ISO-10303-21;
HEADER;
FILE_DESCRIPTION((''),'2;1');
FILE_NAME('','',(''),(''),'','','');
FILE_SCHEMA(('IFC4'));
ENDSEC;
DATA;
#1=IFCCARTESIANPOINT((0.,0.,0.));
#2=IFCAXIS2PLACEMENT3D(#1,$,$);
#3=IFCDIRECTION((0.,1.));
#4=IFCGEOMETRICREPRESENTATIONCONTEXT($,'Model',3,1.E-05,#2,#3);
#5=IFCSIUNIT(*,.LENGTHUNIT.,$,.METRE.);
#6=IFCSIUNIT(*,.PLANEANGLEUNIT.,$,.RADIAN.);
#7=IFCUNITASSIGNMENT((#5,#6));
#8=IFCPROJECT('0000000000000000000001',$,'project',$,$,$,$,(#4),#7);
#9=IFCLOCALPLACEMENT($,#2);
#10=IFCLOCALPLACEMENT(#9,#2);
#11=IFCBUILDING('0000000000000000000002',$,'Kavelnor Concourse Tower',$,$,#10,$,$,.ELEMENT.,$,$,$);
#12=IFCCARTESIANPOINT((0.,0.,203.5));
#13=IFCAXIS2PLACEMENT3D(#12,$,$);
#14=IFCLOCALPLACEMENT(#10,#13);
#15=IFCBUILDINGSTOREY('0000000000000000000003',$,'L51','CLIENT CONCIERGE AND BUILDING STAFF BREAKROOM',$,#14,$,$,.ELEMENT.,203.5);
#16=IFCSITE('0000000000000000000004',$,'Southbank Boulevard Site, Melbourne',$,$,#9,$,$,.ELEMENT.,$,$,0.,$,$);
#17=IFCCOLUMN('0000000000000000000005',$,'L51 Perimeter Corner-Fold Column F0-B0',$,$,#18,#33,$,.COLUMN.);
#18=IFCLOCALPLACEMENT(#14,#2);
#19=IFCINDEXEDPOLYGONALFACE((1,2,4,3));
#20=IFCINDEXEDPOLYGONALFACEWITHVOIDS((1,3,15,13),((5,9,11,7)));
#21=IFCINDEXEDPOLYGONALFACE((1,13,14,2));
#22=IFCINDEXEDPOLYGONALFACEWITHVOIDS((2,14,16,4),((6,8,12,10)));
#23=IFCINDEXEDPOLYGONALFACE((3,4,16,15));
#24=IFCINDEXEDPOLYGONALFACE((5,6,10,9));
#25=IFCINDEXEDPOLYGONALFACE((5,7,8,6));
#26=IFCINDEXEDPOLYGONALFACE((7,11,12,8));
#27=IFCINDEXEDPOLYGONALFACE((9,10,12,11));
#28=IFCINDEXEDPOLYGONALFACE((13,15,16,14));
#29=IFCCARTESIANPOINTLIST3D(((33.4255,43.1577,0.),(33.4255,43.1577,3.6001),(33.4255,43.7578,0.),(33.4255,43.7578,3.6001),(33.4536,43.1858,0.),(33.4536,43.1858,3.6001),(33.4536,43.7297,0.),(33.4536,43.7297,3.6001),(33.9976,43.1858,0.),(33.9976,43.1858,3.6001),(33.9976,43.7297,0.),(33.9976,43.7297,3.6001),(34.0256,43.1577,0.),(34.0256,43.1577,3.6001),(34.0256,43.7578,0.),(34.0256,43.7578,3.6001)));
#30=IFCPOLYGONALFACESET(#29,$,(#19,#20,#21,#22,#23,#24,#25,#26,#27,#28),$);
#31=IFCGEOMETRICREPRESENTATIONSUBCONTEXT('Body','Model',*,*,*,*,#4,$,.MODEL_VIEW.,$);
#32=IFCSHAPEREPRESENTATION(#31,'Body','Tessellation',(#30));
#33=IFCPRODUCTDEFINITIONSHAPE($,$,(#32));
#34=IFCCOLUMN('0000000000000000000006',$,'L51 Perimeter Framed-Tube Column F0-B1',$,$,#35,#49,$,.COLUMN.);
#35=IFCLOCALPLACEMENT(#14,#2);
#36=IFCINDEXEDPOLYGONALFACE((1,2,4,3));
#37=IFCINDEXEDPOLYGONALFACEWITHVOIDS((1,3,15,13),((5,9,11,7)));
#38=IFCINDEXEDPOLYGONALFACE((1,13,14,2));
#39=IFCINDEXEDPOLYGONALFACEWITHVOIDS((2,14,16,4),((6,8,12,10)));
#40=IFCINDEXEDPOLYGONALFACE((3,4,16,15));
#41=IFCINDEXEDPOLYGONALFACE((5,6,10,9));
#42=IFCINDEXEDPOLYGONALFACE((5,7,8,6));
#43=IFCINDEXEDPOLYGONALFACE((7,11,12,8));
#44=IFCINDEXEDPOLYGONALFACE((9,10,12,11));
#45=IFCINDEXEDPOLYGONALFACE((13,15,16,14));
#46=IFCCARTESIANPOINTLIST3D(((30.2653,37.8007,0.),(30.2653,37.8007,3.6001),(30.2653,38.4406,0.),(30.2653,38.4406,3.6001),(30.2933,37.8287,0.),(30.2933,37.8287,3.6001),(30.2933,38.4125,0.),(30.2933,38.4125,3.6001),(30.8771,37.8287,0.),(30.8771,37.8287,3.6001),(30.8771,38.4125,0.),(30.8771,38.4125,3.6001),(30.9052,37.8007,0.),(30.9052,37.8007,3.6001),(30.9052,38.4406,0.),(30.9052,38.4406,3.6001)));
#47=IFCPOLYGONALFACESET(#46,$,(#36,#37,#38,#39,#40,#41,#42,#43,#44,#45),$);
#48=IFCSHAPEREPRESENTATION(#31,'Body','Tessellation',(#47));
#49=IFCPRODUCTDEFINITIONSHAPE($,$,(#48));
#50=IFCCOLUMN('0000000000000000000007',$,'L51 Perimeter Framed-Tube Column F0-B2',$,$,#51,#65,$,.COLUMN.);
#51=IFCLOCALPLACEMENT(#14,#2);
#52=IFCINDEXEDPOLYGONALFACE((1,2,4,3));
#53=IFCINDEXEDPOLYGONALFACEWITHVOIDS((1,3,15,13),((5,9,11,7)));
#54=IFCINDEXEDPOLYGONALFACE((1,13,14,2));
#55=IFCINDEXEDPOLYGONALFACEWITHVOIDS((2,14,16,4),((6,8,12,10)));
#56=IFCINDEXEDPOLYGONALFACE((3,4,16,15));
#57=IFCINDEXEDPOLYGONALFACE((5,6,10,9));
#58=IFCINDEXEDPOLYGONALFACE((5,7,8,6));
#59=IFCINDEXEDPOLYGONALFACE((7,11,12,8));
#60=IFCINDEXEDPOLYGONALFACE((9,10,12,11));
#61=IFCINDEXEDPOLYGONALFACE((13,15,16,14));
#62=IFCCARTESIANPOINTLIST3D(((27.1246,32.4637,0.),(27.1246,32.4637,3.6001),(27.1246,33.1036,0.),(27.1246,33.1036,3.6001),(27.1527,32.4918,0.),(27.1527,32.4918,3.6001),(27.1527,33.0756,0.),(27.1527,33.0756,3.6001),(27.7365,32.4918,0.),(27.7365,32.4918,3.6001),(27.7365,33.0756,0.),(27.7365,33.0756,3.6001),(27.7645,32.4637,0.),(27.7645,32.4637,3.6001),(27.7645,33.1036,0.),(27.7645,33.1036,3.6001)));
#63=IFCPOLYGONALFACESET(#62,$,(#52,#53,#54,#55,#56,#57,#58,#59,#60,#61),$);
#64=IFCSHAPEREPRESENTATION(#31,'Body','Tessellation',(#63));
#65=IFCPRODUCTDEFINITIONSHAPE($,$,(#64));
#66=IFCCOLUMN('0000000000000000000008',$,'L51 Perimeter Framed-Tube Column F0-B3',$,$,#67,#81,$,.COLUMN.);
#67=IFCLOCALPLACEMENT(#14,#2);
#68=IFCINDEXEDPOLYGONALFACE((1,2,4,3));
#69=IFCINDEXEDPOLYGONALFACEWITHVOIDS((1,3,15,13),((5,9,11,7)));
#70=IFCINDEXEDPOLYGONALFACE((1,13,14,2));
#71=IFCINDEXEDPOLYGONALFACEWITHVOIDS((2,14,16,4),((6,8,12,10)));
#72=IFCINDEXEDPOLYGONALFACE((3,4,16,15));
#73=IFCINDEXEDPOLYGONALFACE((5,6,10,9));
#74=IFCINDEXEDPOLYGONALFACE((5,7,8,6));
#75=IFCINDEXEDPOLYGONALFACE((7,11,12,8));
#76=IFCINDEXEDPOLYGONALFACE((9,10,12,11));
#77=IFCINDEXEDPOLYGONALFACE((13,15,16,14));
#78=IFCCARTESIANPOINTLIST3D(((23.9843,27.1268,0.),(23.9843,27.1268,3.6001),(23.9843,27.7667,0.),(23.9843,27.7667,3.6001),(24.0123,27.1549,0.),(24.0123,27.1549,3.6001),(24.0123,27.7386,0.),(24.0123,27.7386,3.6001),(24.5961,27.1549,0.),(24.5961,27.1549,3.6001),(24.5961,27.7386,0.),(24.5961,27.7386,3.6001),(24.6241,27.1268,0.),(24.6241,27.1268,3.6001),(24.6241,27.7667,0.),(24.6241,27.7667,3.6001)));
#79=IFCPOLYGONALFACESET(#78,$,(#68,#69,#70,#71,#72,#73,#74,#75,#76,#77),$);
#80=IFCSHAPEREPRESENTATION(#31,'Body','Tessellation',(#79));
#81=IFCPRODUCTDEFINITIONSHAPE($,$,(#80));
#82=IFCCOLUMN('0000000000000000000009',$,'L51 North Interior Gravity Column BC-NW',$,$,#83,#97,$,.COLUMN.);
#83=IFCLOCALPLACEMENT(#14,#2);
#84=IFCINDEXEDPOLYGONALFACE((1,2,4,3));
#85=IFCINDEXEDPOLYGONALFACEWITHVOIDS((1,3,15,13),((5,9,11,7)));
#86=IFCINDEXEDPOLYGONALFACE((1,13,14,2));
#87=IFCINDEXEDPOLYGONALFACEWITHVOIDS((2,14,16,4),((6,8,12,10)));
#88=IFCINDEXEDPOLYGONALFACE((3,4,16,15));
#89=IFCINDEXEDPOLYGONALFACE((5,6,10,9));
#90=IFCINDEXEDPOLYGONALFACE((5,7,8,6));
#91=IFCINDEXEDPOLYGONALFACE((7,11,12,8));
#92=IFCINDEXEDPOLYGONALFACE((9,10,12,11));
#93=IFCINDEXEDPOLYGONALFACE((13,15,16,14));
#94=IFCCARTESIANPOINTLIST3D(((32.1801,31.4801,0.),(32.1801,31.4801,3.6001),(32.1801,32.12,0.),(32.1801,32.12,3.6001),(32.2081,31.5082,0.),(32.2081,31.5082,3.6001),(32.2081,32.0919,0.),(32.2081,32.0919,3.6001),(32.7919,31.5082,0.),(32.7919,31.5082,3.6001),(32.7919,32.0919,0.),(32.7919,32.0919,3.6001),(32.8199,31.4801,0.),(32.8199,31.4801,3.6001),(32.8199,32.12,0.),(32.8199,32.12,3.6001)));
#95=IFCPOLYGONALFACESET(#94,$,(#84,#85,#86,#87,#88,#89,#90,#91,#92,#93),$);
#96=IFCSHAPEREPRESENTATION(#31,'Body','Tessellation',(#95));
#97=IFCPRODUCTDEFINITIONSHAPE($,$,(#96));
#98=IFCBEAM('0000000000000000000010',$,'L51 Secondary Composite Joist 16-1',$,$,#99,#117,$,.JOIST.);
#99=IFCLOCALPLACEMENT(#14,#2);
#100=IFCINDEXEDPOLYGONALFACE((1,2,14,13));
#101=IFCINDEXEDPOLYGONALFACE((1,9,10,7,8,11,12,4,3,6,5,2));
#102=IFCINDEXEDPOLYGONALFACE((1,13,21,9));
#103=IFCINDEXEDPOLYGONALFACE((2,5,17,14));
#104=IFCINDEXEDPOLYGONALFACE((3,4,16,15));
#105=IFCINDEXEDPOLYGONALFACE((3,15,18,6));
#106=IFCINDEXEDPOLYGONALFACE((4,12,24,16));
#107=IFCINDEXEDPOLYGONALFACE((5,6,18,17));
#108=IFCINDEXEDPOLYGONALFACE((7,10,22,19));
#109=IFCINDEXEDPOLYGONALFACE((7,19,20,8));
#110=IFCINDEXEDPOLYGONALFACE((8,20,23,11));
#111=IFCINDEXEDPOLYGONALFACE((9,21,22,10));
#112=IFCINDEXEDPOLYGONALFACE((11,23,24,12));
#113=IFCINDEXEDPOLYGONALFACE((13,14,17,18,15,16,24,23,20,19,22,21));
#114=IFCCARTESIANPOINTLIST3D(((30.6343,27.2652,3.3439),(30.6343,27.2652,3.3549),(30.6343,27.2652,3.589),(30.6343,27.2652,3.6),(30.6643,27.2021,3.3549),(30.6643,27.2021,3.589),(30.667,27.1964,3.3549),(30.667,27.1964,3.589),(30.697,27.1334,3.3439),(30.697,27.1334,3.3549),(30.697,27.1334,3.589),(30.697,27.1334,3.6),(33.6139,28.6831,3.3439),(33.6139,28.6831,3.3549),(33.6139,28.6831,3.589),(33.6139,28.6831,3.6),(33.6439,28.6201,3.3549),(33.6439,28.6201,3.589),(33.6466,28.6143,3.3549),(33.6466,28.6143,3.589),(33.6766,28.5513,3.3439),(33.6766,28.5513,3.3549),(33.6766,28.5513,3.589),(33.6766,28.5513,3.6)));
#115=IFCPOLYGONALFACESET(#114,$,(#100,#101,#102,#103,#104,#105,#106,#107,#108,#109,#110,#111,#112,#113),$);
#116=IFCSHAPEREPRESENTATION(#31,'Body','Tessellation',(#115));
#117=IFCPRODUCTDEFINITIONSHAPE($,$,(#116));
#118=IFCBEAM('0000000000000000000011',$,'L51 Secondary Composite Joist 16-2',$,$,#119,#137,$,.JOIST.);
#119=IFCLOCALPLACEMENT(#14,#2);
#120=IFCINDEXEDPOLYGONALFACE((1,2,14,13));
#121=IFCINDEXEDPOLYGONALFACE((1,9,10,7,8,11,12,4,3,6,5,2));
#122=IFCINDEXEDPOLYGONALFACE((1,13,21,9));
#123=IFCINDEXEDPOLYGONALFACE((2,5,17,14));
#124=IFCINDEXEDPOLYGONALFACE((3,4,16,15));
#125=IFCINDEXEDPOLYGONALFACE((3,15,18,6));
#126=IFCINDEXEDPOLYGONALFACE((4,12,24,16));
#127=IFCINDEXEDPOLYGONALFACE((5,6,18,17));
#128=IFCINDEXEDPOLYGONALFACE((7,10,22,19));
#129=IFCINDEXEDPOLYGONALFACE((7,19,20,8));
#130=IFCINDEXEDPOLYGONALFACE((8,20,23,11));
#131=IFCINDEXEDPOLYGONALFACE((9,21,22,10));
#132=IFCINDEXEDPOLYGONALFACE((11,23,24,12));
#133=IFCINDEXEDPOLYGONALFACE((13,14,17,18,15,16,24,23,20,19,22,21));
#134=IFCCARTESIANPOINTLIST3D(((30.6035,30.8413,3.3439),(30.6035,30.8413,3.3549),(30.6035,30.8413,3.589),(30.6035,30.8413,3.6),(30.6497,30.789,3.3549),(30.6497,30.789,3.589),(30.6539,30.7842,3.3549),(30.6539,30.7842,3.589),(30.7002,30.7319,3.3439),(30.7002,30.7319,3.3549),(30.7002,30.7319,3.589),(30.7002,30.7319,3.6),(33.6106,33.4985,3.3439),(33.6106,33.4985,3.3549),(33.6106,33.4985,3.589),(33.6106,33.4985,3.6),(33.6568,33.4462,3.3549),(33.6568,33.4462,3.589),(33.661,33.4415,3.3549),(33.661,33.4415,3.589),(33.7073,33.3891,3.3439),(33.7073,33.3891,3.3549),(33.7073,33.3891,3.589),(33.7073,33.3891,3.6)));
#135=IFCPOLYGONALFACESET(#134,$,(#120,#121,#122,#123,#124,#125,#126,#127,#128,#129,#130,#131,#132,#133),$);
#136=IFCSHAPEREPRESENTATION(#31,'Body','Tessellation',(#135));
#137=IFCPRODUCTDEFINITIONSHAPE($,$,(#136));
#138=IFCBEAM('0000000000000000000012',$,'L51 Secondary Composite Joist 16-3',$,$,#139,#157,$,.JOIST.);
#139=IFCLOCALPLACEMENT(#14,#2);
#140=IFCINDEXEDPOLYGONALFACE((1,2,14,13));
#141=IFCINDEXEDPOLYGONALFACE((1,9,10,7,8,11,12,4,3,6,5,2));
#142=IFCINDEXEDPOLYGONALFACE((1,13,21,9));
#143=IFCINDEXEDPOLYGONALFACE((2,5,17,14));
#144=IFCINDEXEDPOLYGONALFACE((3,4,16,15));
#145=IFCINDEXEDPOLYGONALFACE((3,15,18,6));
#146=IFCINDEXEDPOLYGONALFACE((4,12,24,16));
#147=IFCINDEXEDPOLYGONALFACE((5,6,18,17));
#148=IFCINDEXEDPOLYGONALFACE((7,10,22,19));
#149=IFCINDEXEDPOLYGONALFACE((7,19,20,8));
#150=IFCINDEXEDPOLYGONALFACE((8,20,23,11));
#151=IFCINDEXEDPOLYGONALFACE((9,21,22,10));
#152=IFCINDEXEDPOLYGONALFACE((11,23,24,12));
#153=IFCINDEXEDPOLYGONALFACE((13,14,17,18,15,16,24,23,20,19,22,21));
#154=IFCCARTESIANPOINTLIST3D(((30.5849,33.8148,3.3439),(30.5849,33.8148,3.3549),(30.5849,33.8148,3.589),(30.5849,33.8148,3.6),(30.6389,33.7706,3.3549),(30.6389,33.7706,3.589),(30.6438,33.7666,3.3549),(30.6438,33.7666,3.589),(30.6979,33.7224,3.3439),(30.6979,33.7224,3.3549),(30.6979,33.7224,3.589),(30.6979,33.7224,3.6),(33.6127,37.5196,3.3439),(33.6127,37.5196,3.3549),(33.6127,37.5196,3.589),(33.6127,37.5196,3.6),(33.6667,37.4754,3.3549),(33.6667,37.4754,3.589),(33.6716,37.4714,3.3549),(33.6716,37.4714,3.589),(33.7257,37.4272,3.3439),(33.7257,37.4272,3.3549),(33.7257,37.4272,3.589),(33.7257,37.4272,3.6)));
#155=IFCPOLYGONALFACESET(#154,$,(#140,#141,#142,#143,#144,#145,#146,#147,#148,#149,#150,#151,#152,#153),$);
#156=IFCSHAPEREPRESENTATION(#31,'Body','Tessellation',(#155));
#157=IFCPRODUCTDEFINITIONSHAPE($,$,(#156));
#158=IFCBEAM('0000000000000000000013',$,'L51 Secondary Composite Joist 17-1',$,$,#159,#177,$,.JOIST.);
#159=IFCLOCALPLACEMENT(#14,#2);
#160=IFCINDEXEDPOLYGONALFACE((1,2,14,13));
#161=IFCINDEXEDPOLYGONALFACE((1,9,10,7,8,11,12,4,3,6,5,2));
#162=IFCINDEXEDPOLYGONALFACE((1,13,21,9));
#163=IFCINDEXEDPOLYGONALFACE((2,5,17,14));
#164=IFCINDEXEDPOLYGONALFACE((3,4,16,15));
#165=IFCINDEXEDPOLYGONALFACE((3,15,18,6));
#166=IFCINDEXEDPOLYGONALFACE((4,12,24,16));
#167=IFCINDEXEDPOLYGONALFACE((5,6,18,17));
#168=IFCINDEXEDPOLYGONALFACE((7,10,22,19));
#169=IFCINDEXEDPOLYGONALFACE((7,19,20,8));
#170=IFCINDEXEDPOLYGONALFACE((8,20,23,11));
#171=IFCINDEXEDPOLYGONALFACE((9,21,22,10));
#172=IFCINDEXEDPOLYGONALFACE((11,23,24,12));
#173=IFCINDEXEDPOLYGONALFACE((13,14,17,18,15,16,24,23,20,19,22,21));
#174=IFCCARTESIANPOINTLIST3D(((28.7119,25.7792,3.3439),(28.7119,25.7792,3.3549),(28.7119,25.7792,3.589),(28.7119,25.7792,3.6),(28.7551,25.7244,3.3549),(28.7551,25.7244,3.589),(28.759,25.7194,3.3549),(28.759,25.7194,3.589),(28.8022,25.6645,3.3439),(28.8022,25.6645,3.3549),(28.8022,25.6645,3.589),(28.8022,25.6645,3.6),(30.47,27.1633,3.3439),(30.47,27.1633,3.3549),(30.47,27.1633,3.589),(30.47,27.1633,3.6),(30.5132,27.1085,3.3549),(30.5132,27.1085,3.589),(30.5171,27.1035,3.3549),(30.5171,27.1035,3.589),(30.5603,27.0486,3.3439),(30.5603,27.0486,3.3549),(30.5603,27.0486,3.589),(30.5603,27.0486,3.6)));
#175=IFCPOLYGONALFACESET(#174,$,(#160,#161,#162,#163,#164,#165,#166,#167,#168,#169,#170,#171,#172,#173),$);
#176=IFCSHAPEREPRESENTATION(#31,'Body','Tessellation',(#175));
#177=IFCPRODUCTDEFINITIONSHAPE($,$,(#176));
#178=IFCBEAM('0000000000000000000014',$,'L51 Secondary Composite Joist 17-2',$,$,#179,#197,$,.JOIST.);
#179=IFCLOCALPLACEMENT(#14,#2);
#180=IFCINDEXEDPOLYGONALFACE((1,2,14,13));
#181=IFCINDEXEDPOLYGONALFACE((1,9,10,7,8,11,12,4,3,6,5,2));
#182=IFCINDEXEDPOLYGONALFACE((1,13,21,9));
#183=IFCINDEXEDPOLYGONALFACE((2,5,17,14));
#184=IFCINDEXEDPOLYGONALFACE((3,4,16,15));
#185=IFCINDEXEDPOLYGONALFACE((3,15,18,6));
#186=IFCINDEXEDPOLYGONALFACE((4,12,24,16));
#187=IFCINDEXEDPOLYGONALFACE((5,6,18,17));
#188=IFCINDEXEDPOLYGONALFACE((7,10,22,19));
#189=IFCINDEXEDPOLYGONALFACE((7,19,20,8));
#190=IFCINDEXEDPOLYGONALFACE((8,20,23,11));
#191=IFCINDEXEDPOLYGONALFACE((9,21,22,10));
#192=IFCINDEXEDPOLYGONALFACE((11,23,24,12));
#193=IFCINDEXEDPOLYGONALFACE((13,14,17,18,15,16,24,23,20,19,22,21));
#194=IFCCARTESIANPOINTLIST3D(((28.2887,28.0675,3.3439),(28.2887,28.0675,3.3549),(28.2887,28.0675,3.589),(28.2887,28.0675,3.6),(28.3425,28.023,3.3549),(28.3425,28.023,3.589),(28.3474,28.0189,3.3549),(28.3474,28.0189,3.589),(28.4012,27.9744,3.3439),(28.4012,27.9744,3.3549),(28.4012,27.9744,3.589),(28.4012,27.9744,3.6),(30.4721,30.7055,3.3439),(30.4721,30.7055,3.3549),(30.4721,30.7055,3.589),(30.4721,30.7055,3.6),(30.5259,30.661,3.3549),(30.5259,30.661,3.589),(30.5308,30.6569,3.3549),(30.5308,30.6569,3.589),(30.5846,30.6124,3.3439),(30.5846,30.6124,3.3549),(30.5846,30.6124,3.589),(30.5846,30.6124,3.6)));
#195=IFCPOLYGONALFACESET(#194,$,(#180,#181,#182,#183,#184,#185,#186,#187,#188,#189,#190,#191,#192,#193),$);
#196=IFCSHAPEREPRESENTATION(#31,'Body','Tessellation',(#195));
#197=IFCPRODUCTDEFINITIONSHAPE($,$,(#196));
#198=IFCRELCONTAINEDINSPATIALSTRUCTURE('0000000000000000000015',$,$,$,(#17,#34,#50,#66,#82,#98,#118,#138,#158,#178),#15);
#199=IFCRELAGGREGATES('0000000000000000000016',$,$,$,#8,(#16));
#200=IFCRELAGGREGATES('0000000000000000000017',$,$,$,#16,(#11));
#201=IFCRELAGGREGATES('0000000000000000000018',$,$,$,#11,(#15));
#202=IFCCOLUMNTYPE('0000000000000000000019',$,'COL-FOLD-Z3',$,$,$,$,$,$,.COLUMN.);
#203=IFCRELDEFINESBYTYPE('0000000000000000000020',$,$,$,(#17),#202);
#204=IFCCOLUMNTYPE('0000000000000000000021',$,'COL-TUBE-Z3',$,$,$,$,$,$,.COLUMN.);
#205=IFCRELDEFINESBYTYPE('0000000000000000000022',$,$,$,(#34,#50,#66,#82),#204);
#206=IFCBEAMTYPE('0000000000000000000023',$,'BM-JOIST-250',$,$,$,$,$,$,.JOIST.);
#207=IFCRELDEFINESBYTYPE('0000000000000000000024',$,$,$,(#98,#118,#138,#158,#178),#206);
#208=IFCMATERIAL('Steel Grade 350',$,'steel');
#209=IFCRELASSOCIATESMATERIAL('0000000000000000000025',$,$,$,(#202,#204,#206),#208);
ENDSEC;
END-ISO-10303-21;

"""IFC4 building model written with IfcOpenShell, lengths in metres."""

from ifc_helpers import new_model, si_unit, direction, frame, origin, origin_2d, place, context, subcontext, project, spatial, hollow_rectangle, i_section, extrude, material, material_profile, profile_set, type_object, element, save


model = new_model("IFC4")

# Units and contexts
model_context = context("Model", 3, precision=1e-05, world=origin(), true_north=direction((0.0, 1.0)))
body_context = subcontext(model_context, "Body", "Model", "MODEL_VIEW")
ifc_project = project(units=[si_unit("LENGTHUNIT", "METRE"), si_unit("PLANEANGLEUNIT", "RADIAN")], contexts=[model_context])

# Site, building, storey
site_placement = place(None, origin())
site = spatial("IfcSite", under=ifc_project, at=site_placement, Name="Southbank Boulevard Site, Melbourne", CompositionType="ELEMENT", RefElevation=0.0)
building_placement = place(site_placement, origin())
building = spatial("IfcBuilding", under=site, at=building_placement, Name="Kavelnor Concourse Tower", CompositionType="ELEMENT")
storey_placement = place(building_placement, frame((0.0, 0.0, 203.5)))
storey = spatial("IfcBuildingStorey", under=building, at=storey_placement, Name="L51", Description="CLIENT CONCIERGE AND BUILDING STAFF BREAKROOM", CompositionType="ELEMENT", Elevation=203.5)

# Columns
ifc_material_1 = material(Name="Steel Grade 350", Category="steel")
ifc_material_profile_1 = material_profile(ifc_material_1, hollow_rectangle(XDim=0.6001, YDim=0.6001, WallThickness=0.0281, at=origin_2d()), Name="SHS 600x600x28")
ifc_profile_set_1 = profile_set([ifc_material_profile_1], Name="Steel Grade 350")
column_type_1 = type_object("IfcColumnType", Name="COL-FOLD-Z3", PredefinedType="COLUMN", material=ifc_profile_set_1)
column_placement = place(storey_placement, frame((33.7256, 43.4578, 0.0), z_axis=(0.0, 0.0, 1.0), x_axis=(1.0, 0.0, 0.0)))
element("IfcColumn", 1, at=column_placement, inside=storey, type_object=column_type_1, Name="L51 Perimeter Corner-Fold Column F0-B0", PredefinedType="COLUMN", context=body_context, shape_type="SweptSolid", body=[
    extrude(hollow_rectangle(XDim=0.6001, YDim=0.6001, WallThickness=0.0281, at=origin_2d()), origin(), (0.0, 0.0, 1.0), 3.6001),
])
ifc_material_profile_2 = material_profile(ifc_material_1, hollow_rectangle(XDim=0.6399, YDim=0.6399, WallThickness=0.0281, at=origin_2d()), Name="SHS 640x640x28")
ifc_profile_set_2 = profile_set([ifc_material_profile_2], Name="Steel Grade 350")
column_type_2 = type_object("IfcColumnType", Name="COL-TUBE-Z3", PredefinedType="COLUMN", material=ifc_profile_set_2)
for number, where, z_axis, x_axis, name in (
    (2, (30.5852, 38.1206, 0.0), (0.0, 0.0, 1.0), (1.0, 0.0, 0.0), "L51 Perimeter Framed-Tube Column F0-B1"),
    (3, (27.4446, 32.7837, 0.0), (0.0, 0.0, 1.0), (1.0, 0.0, 0.0), "L51 Perimeter Framed-Tube Column F0-B2"),
    (4, (24.3042, 27.4468, 0.0), (0.0, 0.0, 1.0), (1.0, 0.0, 0.0), "L51 Perimeter Framed-Tube Column F0-B3"),
    (5, (32.5, 31.8, 0.0), (0.0, 0.0, 1.0), (1.0, 0.0, 0.0), "L51 North Interior Gravity Column BC-NW"),
):
    element("IfcColumn", number, at=place(storey_placement, frame(where, z_axis=z_axis, x_axis=x_axis)), inside=storey, type_object=column_type_2, Name=name, PredefinedType="COLUMN", context=body_context, shape_type="SweptSolid", body=[
        extrude(hollow_rectangle(XDim=0.6399, YDim=0.6399, WallThickness=0.0281, at=origin_2d()), origin(), (0.0, 0.0, 1.0), 3.6001),
    ])

# Beams
ifc_material_profile_3 = material_profile(ifc_material_1, i_section(OverallWidth=0.146, OverallDepth=0.2561, WebThickness=0.0063, FlangeThickness=0.011, at=origin_2d()), Name="250UB37")
ifc_profile_set_3 = profile_set([ifc_material_profile_3], Name="Steel Grade 350")
beam_type_1 = type_object("IfcBeamType", Name="BM-JOIST-250", PredefinedType="JOIST", material=ifc_profile_set_3)
beam_1_placement = place(storey_placement, frame((33.6453, 28.6172, 3.4719), z_axis=(-0.902973, -0.429698, 0.0), x_axis=(0.429698, -0.902973, 0.0)))
element("IfcBeam", 6, at=beam_1_placement, inside=storey, type_object=beam_type_1, Name="L51 Secondary Composite Joist 16-1", PredefinedType="JOIST", context=body_context, shape_type="SweptSolid", body=[
    extrude(i_section(OverallWidth=0.146, OverallDepth=0.2561, WebThickness=0.0063, FlangeThickness=0.011, at=origin_2d()), origin(), (0.0, 0.0, 1.0), 3.2998),
])
beam_2_placement = place(storey_placement, frame((33.6589, 33.4438, 3.4719), z_axis=(-0.749353, -0.662171, 0.0), x_axis=(0.662171, -0.749353, 0.0)))
element("IfcBeam", 7, at=beam_2_placement, inside=storey, type_object=beam_type_1, Name="L51 Secondary Composite Joist 16-2", PredefinedType="JOIST", context=body_context, shape_type="SweptSolid", body=[
    extrude(i_section(OverallWidth=0.146, OverallDepth=0.2561, WebThickness=0.0063, FlangeThickness=0.011, at=origin_2d()), origin(), (0.0, 0.0, 1.0), 4.0129),
])
beam_3_placement = place(storey_placement, frame((33.6692, 37.4734, 3.4719), z_axis=(-0.632813, -0.774305, 0.0), x_axis=(0.774305, -0.632813, 0.0)))
element("IfcBeam", 8, at=beam_3_placement, inside=storey, type_object=beam_type_1, Name="L51 Secondary Composite Joist 16-3", PredefinedType="JOIST", context=body_context, shape_type="SweptSolid", body=[
    extrude(i_section(OverallWidth=0.146, OverallDepth=0.2561, WebThickness=0.0063, FlangeThickness=0.011, at=origin_2d()), origin(), (0.0, 0.0, 1.0), 4.7847),
])
beam_4_placement = place(storey_placement, frame((30.5151, 27.106, 3.4719), z_axis=(-0.785731, -0.618568, 0.0), x_axis=(0.618568, -0.785731, 0.0)))
element("IfcBeam", 9, at=beam_4_placement, inside=storey, type_object=beam_type_1, Name="L51 Secondary Composite Joist 17-1", PredefinedType="JOIST", context=body_context, shape_type="SweptSolid", body=[
    extrude(i_section(OverallWidth=0.146, OverallDepth=0.2561, WebThickness=0.0063, FlangeThickness=0.011, at=origin_2d()), origin(), (0.0, 0.0, 1.0), 2.2375),
])
beam_5_placement = place(storey_placement, frame((30.5283, 30.6589, 3.4719), z_axis=(-0.637607, -0.770362, 0.0), x_axis=(0.770362, -0.637607, 0.0)))
element("IfcBeam", 10, at=beam_5_placement, inside=storey, type_object=beam_type_1, Name="L51 Secondary Composite Joist 17-2", PredefinedType="JOIST", context=body_context, shape_type="SweptSolid", body=[
    extrude(i_section(OverallWidth=0.146, OverallDepth=0.2561, WebThickness=0.0063, FlangeThickness=0.011, at=origin_2d()), origin(), (0.0, 0.0, 1.0), 3.4243),
])

save(model, "model.ifc")
